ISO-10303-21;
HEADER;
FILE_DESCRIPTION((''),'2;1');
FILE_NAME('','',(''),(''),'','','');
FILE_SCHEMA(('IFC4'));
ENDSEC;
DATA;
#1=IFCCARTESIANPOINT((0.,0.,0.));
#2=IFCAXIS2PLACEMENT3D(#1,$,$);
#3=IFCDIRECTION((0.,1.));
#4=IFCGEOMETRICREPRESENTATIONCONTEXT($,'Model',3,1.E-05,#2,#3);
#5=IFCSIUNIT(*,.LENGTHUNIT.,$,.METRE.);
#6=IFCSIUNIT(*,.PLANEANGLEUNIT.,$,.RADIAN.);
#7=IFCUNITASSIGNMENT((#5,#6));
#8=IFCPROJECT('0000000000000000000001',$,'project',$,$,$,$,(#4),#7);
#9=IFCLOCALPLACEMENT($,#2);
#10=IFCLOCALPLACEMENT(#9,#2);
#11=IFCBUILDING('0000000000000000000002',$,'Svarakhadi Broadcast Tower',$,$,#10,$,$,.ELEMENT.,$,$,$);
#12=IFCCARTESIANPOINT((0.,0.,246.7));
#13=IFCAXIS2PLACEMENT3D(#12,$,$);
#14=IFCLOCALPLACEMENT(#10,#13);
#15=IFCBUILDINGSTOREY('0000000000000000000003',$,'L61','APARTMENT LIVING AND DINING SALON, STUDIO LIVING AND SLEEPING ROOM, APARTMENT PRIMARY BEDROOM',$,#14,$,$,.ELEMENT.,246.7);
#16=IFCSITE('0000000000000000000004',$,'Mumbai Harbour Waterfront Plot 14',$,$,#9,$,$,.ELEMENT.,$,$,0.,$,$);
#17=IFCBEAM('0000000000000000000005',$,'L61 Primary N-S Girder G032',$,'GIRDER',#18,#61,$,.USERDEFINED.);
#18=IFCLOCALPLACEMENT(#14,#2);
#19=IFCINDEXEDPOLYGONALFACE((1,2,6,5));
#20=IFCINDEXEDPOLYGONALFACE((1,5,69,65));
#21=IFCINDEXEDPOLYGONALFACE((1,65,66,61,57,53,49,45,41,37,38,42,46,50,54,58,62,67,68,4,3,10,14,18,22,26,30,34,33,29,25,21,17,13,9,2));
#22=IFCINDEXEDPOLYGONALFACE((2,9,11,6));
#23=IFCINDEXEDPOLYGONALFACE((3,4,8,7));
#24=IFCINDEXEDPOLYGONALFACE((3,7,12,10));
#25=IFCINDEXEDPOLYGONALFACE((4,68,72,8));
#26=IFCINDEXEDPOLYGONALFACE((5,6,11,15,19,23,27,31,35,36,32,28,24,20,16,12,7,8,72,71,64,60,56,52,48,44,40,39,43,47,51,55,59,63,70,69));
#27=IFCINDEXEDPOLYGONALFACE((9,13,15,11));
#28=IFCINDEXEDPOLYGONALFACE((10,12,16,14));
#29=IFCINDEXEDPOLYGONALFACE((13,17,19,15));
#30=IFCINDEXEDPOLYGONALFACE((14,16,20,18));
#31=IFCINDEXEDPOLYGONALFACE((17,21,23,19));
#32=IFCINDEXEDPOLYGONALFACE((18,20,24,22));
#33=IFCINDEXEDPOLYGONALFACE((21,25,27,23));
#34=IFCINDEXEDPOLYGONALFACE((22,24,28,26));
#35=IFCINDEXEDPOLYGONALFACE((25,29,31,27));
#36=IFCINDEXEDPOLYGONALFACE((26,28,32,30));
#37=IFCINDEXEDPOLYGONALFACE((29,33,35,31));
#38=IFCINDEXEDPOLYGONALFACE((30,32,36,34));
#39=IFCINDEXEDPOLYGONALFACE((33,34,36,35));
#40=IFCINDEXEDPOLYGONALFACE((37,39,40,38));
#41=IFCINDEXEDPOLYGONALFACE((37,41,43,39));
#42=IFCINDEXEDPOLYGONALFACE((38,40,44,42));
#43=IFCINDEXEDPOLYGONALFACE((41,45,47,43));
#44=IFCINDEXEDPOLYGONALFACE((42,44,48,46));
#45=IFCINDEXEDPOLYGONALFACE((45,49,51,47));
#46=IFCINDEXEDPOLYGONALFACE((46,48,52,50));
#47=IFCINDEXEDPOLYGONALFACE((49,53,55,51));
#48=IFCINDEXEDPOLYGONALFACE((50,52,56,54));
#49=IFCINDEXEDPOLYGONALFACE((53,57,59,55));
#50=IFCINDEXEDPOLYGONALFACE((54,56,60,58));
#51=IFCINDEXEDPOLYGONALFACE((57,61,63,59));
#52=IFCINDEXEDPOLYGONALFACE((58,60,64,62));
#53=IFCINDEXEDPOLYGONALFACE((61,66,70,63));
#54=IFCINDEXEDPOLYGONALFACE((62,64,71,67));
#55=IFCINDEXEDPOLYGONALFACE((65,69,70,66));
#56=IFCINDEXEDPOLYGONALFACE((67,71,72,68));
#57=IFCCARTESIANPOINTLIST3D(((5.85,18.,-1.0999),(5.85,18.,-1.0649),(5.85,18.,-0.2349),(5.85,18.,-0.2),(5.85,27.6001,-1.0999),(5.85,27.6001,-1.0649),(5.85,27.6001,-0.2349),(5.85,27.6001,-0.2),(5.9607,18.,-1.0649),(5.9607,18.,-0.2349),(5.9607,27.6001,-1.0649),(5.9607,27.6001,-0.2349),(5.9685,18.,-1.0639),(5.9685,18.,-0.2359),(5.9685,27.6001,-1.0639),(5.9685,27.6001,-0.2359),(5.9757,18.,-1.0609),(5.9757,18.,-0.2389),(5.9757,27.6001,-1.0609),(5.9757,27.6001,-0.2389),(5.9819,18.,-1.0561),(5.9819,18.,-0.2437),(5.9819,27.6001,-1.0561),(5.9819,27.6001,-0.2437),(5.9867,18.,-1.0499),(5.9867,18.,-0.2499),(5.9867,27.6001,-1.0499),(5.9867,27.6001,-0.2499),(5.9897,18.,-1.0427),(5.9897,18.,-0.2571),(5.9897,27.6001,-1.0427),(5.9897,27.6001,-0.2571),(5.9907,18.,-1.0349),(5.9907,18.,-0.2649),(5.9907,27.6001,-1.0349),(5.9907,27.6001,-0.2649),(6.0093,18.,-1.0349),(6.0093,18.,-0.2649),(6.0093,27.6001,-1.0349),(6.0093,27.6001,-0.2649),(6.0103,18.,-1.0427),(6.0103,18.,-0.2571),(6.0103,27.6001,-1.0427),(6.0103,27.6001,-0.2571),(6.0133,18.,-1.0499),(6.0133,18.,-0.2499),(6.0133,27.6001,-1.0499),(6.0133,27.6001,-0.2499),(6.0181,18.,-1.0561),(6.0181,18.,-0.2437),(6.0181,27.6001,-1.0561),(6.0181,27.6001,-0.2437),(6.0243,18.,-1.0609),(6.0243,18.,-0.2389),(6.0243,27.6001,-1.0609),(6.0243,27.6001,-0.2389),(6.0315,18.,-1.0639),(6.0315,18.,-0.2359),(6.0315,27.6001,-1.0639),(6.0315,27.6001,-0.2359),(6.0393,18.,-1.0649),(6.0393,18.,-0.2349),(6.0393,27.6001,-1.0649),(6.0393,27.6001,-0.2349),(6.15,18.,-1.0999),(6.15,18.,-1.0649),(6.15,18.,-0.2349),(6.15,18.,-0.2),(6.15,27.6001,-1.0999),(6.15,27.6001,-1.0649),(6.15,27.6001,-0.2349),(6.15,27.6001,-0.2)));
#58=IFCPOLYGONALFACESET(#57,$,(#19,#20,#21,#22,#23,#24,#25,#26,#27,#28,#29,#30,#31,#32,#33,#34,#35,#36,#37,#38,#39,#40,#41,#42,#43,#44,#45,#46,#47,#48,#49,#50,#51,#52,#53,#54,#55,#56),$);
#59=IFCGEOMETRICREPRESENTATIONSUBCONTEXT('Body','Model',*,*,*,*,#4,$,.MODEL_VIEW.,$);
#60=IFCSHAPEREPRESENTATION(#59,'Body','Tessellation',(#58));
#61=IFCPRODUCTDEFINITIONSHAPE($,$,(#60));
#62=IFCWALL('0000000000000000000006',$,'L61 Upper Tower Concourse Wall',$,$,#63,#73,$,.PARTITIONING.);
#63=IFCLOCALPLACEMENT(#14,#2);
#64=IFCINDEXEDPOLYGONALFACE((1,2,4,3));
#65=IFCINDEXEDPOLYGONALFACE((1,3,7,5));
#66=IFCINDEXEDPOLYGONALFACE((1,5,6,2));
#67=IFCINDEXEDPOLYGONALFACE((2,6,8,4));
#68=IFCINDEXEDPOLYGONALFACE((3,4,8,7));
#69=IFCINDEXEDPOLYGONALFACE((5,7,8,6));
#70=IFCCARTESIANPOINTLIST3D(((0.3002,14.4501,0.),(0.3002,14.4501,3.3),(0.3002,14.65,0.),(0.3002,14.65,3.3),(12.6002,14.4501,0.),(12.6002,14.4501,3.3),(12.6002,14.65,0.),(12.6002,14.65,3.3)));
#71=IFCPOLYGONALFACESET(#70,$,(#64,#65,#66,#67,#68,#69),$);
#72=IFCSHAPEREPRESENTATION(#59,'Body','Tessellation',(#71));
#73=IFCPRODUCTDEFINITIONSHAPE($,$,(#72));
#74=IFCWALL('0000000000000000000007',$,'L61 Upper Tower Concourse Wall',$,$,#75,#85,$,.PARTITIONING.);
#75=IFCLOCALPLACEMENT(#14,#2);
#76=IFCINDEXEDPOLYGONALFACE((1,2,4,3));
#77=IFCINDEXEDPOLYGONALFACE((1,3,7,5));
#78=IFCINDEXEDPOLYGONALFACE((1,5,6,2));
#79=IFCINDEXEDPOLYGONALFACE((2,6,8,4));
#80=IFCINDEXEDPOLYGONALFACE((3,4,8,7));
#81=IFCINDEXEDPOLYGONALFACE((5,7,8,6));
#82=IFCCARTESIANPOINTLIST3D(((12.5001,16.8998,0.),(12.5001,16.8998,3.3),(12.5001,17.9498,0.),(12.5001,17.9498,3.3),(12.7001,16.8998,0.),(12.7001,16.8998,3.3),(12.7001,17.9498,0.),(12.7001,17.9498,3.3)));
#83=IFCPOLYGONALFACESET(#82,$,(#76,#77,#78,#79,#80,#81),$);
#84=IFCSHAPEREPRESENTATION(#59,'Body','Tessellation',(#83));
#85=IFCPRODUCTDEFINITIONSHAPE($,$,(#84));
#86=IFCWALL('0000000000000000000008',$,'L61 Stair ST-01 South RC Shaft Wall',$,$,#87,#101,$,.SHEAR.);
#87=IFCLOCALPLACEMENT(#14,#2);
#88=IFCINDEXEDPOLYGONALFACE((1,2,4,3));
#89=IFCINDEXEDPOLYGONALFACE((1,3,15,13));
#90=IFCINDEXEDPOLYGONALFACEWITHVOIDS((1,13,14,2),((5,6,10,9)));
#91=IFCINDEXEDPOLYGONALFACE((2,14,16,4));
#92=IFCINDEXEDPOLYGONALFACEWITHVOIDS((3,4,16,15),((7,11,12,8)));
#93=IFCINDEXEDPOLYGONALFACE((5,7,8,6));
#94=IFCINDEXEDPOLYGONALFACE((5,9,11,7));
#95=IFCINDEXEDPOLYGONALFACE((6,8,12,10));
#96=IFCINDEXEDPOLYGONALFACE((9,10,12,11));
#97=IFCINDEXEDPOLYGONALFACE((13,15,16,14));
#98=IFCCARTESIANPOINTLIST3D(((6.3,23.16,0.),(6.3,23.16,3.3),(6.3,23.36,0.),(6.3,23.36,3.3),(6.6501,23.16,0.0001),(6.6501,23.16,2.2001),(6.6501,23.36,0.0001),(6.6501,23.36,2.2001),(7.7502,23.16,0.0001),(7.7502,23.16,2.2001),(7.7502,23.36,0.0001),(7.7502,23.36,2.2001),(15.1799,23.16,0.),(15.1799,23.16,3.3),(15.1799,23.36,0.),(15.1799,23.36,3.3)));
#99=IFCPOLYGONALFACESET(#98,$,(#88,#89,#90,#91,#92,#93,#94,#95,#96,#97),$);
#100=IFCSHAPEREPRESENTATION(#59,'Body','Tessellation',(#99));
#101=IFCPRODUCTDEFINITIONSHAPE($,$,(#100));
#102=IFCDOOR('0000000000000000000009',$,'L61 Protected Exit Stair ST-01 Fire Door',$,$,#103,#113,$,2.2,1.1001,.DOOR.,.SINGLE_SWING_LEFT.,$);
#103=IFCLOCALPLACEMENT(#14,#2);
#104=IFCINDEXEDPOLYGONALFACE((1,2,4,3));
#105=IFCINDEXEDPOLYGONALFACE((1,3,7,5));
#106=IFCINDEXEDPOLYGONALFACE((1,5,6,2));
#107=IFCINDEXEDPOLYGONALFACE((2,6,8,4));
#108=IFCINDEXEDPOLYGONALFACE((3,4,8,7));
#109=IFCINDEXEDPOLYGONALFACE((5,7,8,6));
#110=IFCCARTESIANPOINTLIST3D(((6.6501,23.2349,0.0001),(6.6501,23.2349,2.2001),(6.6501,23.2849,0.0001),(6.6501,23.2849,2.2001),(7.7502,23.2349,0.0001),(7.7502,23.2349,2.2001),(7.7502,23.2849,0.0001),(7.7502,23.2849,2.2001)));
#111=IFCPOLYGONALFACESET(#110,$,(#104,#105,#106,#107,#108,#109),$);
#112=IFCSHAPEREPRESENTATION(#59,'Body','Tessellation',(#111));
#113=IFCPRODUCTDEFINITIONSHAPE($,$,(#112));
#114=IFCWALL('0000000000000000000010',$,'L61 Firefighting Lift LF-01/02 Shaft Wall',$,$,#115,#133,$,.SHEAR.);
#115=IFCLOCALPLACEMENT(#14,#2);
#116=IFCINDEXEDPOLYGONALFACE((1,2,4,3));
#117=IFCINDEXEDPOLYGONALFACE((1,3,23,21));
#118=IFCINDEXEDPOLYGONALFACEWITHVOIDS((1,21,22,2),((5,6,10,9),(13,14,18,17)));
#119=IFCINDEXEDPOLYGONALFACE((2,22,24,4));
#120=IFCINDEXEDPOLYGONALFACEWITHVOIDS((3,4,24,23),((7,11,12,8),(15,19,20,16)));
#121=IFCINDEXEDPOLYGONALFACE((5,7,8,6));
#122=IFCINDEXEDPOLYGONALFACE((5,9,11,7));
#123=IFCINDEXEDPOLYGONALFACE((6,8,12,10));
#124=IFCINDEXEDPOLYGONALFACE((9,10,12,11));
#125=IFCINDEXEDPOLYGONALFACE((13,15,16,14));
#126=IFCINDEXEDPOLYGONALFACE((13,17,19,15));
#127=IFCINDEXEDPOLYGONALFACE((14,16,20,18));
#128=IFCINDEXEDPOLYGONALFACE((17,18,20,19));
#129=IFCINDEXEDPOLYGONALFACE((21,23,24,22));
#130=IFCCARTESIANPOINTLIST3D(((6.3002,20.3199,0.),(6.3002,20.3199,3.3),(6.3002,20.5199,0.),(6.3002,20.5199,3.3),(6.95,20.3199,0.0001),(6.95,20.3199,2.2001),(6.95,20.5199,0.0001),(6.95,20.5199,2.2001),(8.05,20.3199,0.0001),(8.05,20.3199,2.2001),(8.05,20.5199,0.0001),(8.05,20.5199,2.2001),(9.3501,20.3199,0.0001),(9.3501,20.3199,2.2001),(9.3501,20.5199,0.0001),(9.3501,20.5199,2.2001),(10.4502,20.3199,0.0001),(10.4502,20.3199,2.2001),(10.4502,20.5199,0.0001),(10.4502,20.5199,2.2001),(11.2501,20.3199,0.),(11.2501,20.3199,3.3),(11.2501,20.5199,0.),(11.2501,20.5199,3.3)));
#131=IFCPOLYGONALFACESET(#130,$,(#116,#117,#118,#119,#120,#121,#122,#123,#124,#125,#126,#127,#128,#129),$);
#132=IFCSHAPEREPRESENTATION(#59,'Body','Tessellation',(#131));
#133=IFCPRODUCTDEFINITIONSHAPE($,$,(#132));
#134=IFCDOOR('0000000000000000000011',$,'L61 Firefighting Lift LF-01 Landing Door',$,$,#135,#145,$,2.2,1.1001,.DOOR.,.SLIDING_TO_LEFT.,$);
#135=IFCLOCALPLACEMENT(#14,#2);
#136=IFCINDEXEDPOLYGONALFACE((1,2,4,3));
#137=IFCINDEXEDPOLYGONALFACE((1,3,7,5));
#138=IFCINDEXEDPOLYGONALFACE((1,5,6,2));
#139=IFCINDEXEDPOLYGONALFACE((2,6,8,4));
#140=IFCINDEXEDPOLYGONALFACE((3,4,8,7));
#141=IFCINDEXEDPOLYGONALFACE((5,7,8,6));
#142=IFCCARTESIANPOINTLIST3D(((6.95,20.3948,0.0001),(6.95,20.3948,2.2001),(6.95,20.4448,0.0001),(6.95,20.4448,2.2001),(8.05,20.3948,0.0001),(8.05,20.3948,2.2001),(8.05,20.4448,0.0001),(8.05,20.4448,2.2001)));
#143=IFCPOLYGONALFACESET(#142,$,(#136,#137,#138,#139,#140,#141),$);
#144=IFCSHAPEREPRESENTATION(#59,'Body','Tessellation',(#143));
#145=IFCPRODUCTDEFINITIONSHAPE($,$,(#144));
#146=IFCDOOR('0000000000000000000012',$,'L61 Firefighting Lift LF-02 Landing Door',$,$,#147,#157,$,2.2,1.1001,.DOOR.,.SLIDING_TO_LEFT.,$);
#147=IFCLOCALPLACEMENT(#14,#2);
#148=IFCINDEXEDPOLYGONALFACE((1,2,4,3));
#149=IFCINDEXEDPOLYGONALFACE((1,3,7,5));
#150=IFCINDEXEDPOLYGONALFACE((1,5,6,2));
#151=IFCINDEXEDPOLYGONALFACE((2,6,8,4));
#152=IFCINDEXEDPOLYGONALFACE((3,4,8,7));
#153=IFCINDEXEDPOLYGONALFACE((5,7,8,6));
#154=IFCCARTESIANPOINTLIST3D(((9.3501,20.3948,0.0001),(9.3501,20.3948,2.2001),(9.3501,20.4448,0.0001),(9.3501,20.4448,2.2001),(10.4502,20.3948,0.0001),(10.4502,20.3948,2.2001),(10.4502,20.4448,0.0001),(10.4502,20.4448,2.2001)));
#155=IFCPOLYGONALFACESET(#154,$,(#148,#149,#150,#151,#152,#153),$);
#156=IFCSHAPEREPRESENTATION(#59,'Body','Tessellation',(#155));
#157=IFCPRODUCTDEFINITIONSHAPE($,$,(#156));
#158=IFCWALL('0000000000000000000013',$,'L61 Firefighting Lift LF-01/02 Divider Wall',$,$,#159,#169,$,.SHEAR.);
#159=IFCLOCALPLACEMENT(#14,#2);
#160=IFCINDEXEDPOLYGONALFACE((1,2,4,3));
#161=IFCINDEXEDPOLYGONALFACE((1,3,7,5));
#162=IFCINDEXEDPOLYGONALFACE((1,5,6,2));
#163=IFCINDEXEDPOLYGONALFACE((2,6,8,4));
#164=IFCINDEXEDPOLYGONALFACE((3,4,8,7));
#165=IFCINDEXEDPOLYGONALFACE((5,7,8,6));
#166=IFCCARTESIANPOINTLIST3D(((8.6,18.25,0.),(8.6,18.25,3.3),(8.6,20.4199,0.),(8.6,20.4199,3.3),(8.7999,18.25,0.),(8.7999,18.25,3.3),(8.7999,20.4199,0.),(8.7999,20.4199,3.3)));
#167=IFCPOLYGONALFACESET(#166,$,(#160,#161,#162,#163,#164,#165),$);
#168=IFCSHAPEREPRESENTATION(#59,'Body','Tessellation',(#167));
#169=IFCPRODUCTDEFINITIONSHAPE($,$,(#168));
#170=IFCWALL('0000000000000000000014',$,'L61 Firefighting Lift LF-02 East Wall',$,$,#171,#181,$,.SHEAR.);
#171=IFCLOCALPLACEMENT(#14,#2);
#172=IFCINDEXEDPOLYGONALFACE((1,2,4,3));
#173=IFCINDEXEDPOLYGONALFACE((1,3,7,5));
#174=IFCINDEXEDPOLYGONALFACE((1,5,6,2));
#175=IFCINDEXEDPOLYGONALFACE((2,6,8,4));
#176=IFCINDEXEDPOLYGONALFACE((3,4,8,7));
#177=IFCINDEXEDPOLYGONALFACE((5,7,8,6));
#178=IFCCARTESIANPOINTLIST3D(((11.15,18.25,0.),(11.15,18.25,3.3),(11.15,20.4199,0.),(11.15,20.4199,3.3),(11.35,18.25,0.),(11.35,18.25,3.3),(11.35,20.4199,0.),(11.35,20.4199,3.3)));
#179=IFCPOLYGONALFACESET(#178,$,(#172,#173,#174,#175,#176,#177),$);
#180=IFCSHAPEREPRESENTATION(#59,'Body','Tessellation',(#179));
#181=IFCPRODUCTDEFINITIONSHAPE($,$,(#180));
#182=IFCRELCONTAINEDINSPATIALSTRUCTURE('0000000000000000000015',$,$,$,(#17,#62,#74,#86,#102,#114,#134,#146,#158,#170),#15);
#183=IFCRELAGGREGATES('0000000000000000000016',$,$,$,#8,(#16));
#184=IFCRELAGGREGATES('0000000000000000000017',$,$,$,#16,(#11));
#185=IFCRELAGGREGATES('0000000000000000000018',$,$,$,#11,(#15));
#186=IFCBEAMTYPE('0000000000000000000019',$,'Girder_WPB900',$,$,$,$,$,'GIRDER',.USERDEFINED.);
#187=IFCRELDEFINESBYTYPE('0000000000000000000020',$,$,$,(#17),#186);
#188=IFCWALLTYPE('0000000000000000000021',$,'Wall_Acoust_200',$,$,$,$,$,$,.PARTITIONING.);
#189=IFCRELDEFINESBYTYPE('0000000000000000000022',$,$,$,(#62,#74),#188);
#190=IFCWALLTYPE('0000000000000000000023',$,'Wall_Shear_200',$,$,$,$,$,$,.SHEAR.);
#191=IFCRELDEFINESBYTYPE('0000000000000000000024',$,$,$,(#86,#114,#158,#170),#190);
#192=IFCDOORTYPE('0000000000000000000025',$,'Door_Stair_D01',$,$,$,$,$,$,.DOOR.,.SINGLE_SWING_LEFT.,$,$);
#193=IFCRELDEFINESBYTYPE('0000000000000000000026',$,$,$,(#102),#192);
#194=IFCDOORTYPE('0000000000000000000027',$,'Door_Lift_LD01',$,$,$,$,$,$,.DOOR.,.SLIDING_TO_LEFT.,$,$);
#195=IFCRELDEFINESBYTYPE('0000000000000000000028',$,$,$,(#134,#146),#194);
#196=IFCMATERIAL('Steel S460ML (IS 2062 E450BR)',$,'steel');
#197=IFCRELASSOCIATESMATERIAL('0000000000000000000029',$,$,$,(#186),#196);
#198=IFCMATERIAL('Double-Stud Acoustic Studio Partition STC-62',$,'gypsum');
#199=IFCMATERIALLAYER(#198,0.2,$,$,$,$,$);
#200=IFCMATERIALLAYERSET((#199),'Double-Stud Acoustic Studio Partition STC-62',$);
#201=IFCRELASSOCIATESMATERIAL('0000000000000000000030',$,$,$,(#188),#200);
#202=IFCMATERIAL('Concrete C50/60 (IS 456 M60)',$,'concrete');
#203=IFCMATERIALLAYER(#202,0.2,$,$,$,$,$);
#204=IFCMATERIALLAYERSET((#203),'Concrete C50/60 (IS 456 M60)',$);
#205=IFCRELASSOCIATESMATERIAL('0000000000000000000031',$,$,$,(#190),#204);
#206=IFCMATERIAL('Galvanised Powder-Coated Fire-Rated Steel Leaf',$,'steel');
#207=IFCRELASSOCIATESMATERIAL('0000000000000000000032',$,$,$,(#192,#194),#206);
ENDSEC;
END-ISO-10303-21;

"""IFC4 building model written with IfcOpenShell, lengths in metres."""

from ifc_helpers import new_model, si_unit, direction, frame, frame_2d, origin, origin_2d, place, context, subcontext, project, spatial, rectangle, i_section, extrude, material, layer, layer_set, material_profile, profile_set, type_object, element, fill, save


model = new_model("IFC4")

# Units and contexts
model_context = context("Model", 3, precision=1e-05, world=origin(), true_north=direction((0.0, 1.0)))
body_context = subcontext(model_context, "Body", "Model", "MODEL_VIEW")
ifc_project = project(units=[si_unit("LENGTHUNIT", "METRE"), si_unit("PLANEANGLEUNIT", "RADIAN")], contexts=[model_context])

# Site, building, storey
site_placement = place(None, origin())
site = spatial("IfcSite", under=ifc_project, at=site_placement, Name="Mumbai Harbour Waterfront Plot 14", CompositionType="ELEMENT", RefElevation=0.0)
building_placement = place(site_placement, origin())
building = spatial("IfcBuilding", under=site, at=building_placement, Name="Svarakhadi Broadcast Tower", CompositionType="ELEMENT")
storey_placement = place(building_placement, frame((0.0, 0.0, 246.7)))
storey = spatial("IfcBuildingStorey", under=building, at=storey_placement, Name="L61", Description="APARTMENT LIVING AND DINING SALON, STUDIO LIVING AND SLEEPING ROOM, APARTMENT PRIMARY BEDROOM", CompositionType="ELEMENT", Elevation=246.7)

# Shared definitions
ifc_material_1 = material(Name="Concrete C50/60 (IS 456 M60)", Category="concrete")
ifc_material_2 = material(Name="Steel S460ML (IS 2062 E450BR)", Category="steel")

# Beam
ifc_material_profile_1 = material_profile(ifc_material_2, i_section(OverallWidth=0.3, OverallDepth=0.8999, WebThickness=0.0186, FlangeThickness=0.0349, FilletRadius=0.03, at=origin_2d()), Name="WPB 900x300x291")
ifc_profile_set_1 = profile_set([ifc_material_profile_1], Name="Steel S460ML (IS 2062 E450BR)")
beam_type_1 = type_object("IfcBeamType", Name="Girder_WPB900", ElementType="GIRDER", PredefinedType="USERDEFINED", material=ifc_profile_set_1)
beam_1_placement = place(storey_placement, frame((6.0, 18.0, -0.6499), z_axis=(0.0, 1.0, 0.0), x_axis=(-1.0, 0.0, 0.0)))
element("IfcBeam", 1, at=beam_1_placement, inside=storey, type_object=beam_type_1, Name="L61 Primary N-S Girder G032", ObjectType="GIRDER", PredefinedType="USERDEFINED", context=body_context, shape_type="SweptSolid", body=[
    extrude(i_section(OverallWidth=0.3, OverallDepth=0.8999, WebThickness=0.0186, FlangeThickness=0.0349, FilletRadius=0.03, at=origin_2d()), origin(), (0.0, 0.0, 1.0), 9.6001),
])

# Walls
ifc_material_3 = material(Name="Double-Stud Acoustic Studio Partition STC-62", Category="gypsum")
ifc_layer_1 = layer(ifc_material_3, 0.2)
ifc_layer_set_1 = layer_set([ifc_layer_1], Name="Double-Stud Acoustic Studio Partition STC-62")
wall_type_1 = type_object("IfcWallType", Name="Wall_Acoust_200", PredefinedType="PARTITIONING", material=ifc_layer_set_1)
wall_1_placement = place(storey_placement, frame((12.6001, 14.55, 0.0), z_axis=(0.0, 0.0, 1.0), x_axis=(-1.0, 0.0, 0.0)))
element("IfcWall", 2, at=wall_1_placement, inside=storey, type_object=wall_type_1, Name="L61 Upper Tower Concourse Wall", PredefinedType="PARTITIONING", context=body_context, shape_type="SweptSolid", body=[
    extrude(rectangle(XDim=12.3, YDim=0.2, at=frame_2d((6.1499, 0.0))), origin(), (0.0, 0.0, 1.0), 3.3),
])
wall_2_placement = place(storey_placement, frame((12.6001, 16.8999, 0.0), z_axis=(0.0, 0.0, 1.0), x_axis=(0.0, 1.0, 0.0)))
element("IfcWall", 3, at=wall_2_placement, inside=storey, type_object=wall_type_1, Name="L61 Upper Tower Concourse Wall", PredefinedType="PARTITIONING", context=body_context, shape_type="SweptSolid", body=[
    extrude(rectangle(XDim=1.05, YDim=0.2, at=frame_2d((0.5249, 0.0))), origin(), (0.0, 0.0, 1.0), 3.3),
])

# Wall, opening, door
ifc_layer_2 = layer(ifc_material_1, 0.2)
ifc_layer_set_2 = layer_set([ifc_layer_2], Name="Concrete C50/60 (IS 456 M60)")
wall_type_2 = type_object("IfcWallType", Name="Wall_Shear_200", PredefinedType="SHEAR", material=ifc_layer_set_2)
wall_3_placement = place(storey_placement, frame((6.3, 23.26, 0.0), z_axis=(0.0, 0.0, 1.0), x_axis=(1.0, 0.0, 0.0)))
wall_3 = element("IfcWall", 4, at=wall_3_placement, inside=storey, type_object=wall_type_2, Name="L61 Stair ST-01 South RC Shaft Wall", PredefinedType="SHEAR", context=body_context, shape_type="SweptSolid", body=[
    extrude(rectangle(XDim=8.8799, YDim=0.2, at=frame_2d((4.4399, 0.0))), origin(), (0.0, 0.0, 1.0), 3.3),
])
opening_1_placement = place(wall_3_placement, frame((0.3501, 0.0, 0.0)))
opening_1 = element("IfcOpeningElement", 5, at=opening_1_placement, cuts=wall_3, PredefinedType="OPENING", context=body_context, shape_type="SweptSolid", body=[
    extrude(rectangle(XDim=1.1001, YDim=2.2, at=frame_2d((0.55, 1.1001))), frame((0.0, 0.1099, 0.0), z_axis=(0.0, -1.0, 0.0), x_axis=(1.0, 0.0, 0.0)), (0.0, 0.0, 1.0), 0.22),
])
ifc_material_4 = material(Name="Galvanised Powder-Coated Fire-Rated Steel Leaf", Category="steel")
door_type_1 = type_object("IfcDoorType", Name="Door_Stair_D01", OperationType="SINGLE_SWING_LEFT", PredefinedType="DOOR", material=ifc_material_4)
door_1_placement = place(opening_1_placement, origin())
door_1 = element("IfcDoor", 6, at=door_1_placement, inside=storey, type_object=door_type_1, Name="L61 Protected Exit Stair ST-01 Fire Door", OperationType="SINGLE_SWING_LEFT", OverallHeight=2.2, OverallWidth=1.1001, PredefinedType="DOOR", context=body_context, shape_type="SweptSolid", body=[
    extrude(rectangle(XDim=1.1001, YDim=2.2, at=frame_2d((0.55, 1.1001))), frame((0.0, 0.0249, 0.0), z_axis=(0.0, -1.0, 0.0), x_axis=(1.0, 0.0, 0.0)), (0.0, 0.0, 1.0), 0.05),
])
fill(opening_1, door_1)

# Wall, openings, doors
wall_4_placement = place(storey_placement, frame((6.3, 20.4199, 0.0), z_axis=(0.0, 0.0, 1.0), x_axis=(1.0, 0.0, 0.0)))
wall_4 = element("IfcWall", 7, at=wall_4_placement, inside=storey, type_object=wall_type_2, Name="L61 Firefighting Lift LF-01/02 Shaft Wall", PredefinedType="SHEAR", context=body_context, shape_type="SweptSolid", body=[
    extrude(rectangle(XDim=4.95, YDim=0.2, at=frame_2d((2.4751, 0.0))), origin(), (0.0, 0.0, 1.0), 3.3),
])
opening_2_placement = place(wall_4_placement, frame((0.6499, 0.0, 0.0)))
opening_2 = element("IfcOpeningElement", 8, at=opening_2_placement, cuts=wall_4, PredefinedType="OPENING", context=body_context, shape_type="SweptSolid", body=[
    extrude(rectangle(XDim=1.1001, YDim=2.2, at=frame_2d((0.55, 1.1001))), frame((0.0, 0.1099, 0.0), z_axis=(0.0, -1.0, 0.0), x_axis=(1.0, 0.0, 0.0)), (0.0, 0.0, 1.0), 0.22),
])
opening_3_placement = place(wall_4_placement, frame((3.05, 0.0, 0.0)))
opening_3 = element("IfcOpeningElement", 9, at=opening_3_placement, cuts=wall_4, PredefinedType="OPENING", context=body_context, shape_type="SweptSolid", body=[
    extrude(rectangle(XDim=1.1001, YDim=2.2, at=frame_2d((0.55, 1.1001))), frame((0.0, 0.1099, 0.0), z_axis=(0.0, -1.0, 0.0), x_axis=(1.0, 0.0, 0.0)), (0.0, 0.0, 1.0), 0.22),
])
door_type_2 = type_object("IfcDoorType", Name="Door_Lift_LD01", OperationType="SLIDING_TO_LEFT", PredefinedType="DOOR", material=ifc_material_4)
door_2_placement = place(opening_2_placement, origin())
door_2 = element("IfcDoor", 10, at=door_2_placement, inside=storey, type_object=door_type_2, Name="L61 Firefighting Lift LF-01 Landing Door", OperationType="SLIDING_TO_LEFT", OverallHeight=2.2, OverallWidth=1.1001, PredefinedType="DOOR", context=body_context, shape_type="SweptSolid", body=[
    extrude(rectangle(XDim=1.1001, YDim=2.2, at=frame_2d((0.55, 1.1001))), frame((0.0, 0.0249, 0.0), z_axis=(0.0, -1.0, 0.0), x_axis=(1.0, 0.0, 0.0)), (0.0, 0.0, 1.0), 0.05),
])
fill(opening_2, door_2)
door_3_placement = place(opening_3_placement, origin())
door_3 = element("IfcDoor", 11, at=door_3_placement, inside=storey, type_object=door_type_2, Name="L61 Firefighting Lift LF-02 Landing Door", OperationType="SLIDING_TO_LEFT", OverallHeight=2.2, OverallWidth=1.1001, PredefinedType="DOOR", context=body_context, shape_type="SweptSolid", body=[
    extrude(rectangle(XDim=1.1001, YDim=2.2, at=frame_2d((0.55, 1.1001))), frame((0.0, 0.0249, 0.0), z_axis=(0.0, -1.0, 0.0), x_axis=(1.0, 0.0, 0.0)), (0.0, 0.0, 1.0), 0.05),
])
fill(opening_3, door_3)

# Walls
for number, where, z_axis, x_axis, name in (
    (12, (8.7, 18.25, 0.0), (0.0, 0.0, 1.0), (0.0, 1.0, 0.0), "L61 Firefighting Lift LF-01/02 Divider Wall"),
    (13, (11.25, 18.25, 0.0), (0.0, 0.0, 1.0), (0.0, 1.0, 0.0), "L61 Firefighting Lift LF-02 East Wall"),
):
    element("IfcWall", number, at=place(storey_placement, frame(where, z_axis=z_axis, x_axis=x_axis)), inside=storey, type_object=wall_type_2, Name=name, PredefinedType="SHEAR", context=body_context, shape_type="SweptSolid", body=[
        extrude(rectangle(XDim=2.1699, YDim=0.2, at=frame_2d((1.085, 0.0))), origin(), (0.0, 0.0, 1.0), 3.3),
    ])

save(model, "model.ifc")
